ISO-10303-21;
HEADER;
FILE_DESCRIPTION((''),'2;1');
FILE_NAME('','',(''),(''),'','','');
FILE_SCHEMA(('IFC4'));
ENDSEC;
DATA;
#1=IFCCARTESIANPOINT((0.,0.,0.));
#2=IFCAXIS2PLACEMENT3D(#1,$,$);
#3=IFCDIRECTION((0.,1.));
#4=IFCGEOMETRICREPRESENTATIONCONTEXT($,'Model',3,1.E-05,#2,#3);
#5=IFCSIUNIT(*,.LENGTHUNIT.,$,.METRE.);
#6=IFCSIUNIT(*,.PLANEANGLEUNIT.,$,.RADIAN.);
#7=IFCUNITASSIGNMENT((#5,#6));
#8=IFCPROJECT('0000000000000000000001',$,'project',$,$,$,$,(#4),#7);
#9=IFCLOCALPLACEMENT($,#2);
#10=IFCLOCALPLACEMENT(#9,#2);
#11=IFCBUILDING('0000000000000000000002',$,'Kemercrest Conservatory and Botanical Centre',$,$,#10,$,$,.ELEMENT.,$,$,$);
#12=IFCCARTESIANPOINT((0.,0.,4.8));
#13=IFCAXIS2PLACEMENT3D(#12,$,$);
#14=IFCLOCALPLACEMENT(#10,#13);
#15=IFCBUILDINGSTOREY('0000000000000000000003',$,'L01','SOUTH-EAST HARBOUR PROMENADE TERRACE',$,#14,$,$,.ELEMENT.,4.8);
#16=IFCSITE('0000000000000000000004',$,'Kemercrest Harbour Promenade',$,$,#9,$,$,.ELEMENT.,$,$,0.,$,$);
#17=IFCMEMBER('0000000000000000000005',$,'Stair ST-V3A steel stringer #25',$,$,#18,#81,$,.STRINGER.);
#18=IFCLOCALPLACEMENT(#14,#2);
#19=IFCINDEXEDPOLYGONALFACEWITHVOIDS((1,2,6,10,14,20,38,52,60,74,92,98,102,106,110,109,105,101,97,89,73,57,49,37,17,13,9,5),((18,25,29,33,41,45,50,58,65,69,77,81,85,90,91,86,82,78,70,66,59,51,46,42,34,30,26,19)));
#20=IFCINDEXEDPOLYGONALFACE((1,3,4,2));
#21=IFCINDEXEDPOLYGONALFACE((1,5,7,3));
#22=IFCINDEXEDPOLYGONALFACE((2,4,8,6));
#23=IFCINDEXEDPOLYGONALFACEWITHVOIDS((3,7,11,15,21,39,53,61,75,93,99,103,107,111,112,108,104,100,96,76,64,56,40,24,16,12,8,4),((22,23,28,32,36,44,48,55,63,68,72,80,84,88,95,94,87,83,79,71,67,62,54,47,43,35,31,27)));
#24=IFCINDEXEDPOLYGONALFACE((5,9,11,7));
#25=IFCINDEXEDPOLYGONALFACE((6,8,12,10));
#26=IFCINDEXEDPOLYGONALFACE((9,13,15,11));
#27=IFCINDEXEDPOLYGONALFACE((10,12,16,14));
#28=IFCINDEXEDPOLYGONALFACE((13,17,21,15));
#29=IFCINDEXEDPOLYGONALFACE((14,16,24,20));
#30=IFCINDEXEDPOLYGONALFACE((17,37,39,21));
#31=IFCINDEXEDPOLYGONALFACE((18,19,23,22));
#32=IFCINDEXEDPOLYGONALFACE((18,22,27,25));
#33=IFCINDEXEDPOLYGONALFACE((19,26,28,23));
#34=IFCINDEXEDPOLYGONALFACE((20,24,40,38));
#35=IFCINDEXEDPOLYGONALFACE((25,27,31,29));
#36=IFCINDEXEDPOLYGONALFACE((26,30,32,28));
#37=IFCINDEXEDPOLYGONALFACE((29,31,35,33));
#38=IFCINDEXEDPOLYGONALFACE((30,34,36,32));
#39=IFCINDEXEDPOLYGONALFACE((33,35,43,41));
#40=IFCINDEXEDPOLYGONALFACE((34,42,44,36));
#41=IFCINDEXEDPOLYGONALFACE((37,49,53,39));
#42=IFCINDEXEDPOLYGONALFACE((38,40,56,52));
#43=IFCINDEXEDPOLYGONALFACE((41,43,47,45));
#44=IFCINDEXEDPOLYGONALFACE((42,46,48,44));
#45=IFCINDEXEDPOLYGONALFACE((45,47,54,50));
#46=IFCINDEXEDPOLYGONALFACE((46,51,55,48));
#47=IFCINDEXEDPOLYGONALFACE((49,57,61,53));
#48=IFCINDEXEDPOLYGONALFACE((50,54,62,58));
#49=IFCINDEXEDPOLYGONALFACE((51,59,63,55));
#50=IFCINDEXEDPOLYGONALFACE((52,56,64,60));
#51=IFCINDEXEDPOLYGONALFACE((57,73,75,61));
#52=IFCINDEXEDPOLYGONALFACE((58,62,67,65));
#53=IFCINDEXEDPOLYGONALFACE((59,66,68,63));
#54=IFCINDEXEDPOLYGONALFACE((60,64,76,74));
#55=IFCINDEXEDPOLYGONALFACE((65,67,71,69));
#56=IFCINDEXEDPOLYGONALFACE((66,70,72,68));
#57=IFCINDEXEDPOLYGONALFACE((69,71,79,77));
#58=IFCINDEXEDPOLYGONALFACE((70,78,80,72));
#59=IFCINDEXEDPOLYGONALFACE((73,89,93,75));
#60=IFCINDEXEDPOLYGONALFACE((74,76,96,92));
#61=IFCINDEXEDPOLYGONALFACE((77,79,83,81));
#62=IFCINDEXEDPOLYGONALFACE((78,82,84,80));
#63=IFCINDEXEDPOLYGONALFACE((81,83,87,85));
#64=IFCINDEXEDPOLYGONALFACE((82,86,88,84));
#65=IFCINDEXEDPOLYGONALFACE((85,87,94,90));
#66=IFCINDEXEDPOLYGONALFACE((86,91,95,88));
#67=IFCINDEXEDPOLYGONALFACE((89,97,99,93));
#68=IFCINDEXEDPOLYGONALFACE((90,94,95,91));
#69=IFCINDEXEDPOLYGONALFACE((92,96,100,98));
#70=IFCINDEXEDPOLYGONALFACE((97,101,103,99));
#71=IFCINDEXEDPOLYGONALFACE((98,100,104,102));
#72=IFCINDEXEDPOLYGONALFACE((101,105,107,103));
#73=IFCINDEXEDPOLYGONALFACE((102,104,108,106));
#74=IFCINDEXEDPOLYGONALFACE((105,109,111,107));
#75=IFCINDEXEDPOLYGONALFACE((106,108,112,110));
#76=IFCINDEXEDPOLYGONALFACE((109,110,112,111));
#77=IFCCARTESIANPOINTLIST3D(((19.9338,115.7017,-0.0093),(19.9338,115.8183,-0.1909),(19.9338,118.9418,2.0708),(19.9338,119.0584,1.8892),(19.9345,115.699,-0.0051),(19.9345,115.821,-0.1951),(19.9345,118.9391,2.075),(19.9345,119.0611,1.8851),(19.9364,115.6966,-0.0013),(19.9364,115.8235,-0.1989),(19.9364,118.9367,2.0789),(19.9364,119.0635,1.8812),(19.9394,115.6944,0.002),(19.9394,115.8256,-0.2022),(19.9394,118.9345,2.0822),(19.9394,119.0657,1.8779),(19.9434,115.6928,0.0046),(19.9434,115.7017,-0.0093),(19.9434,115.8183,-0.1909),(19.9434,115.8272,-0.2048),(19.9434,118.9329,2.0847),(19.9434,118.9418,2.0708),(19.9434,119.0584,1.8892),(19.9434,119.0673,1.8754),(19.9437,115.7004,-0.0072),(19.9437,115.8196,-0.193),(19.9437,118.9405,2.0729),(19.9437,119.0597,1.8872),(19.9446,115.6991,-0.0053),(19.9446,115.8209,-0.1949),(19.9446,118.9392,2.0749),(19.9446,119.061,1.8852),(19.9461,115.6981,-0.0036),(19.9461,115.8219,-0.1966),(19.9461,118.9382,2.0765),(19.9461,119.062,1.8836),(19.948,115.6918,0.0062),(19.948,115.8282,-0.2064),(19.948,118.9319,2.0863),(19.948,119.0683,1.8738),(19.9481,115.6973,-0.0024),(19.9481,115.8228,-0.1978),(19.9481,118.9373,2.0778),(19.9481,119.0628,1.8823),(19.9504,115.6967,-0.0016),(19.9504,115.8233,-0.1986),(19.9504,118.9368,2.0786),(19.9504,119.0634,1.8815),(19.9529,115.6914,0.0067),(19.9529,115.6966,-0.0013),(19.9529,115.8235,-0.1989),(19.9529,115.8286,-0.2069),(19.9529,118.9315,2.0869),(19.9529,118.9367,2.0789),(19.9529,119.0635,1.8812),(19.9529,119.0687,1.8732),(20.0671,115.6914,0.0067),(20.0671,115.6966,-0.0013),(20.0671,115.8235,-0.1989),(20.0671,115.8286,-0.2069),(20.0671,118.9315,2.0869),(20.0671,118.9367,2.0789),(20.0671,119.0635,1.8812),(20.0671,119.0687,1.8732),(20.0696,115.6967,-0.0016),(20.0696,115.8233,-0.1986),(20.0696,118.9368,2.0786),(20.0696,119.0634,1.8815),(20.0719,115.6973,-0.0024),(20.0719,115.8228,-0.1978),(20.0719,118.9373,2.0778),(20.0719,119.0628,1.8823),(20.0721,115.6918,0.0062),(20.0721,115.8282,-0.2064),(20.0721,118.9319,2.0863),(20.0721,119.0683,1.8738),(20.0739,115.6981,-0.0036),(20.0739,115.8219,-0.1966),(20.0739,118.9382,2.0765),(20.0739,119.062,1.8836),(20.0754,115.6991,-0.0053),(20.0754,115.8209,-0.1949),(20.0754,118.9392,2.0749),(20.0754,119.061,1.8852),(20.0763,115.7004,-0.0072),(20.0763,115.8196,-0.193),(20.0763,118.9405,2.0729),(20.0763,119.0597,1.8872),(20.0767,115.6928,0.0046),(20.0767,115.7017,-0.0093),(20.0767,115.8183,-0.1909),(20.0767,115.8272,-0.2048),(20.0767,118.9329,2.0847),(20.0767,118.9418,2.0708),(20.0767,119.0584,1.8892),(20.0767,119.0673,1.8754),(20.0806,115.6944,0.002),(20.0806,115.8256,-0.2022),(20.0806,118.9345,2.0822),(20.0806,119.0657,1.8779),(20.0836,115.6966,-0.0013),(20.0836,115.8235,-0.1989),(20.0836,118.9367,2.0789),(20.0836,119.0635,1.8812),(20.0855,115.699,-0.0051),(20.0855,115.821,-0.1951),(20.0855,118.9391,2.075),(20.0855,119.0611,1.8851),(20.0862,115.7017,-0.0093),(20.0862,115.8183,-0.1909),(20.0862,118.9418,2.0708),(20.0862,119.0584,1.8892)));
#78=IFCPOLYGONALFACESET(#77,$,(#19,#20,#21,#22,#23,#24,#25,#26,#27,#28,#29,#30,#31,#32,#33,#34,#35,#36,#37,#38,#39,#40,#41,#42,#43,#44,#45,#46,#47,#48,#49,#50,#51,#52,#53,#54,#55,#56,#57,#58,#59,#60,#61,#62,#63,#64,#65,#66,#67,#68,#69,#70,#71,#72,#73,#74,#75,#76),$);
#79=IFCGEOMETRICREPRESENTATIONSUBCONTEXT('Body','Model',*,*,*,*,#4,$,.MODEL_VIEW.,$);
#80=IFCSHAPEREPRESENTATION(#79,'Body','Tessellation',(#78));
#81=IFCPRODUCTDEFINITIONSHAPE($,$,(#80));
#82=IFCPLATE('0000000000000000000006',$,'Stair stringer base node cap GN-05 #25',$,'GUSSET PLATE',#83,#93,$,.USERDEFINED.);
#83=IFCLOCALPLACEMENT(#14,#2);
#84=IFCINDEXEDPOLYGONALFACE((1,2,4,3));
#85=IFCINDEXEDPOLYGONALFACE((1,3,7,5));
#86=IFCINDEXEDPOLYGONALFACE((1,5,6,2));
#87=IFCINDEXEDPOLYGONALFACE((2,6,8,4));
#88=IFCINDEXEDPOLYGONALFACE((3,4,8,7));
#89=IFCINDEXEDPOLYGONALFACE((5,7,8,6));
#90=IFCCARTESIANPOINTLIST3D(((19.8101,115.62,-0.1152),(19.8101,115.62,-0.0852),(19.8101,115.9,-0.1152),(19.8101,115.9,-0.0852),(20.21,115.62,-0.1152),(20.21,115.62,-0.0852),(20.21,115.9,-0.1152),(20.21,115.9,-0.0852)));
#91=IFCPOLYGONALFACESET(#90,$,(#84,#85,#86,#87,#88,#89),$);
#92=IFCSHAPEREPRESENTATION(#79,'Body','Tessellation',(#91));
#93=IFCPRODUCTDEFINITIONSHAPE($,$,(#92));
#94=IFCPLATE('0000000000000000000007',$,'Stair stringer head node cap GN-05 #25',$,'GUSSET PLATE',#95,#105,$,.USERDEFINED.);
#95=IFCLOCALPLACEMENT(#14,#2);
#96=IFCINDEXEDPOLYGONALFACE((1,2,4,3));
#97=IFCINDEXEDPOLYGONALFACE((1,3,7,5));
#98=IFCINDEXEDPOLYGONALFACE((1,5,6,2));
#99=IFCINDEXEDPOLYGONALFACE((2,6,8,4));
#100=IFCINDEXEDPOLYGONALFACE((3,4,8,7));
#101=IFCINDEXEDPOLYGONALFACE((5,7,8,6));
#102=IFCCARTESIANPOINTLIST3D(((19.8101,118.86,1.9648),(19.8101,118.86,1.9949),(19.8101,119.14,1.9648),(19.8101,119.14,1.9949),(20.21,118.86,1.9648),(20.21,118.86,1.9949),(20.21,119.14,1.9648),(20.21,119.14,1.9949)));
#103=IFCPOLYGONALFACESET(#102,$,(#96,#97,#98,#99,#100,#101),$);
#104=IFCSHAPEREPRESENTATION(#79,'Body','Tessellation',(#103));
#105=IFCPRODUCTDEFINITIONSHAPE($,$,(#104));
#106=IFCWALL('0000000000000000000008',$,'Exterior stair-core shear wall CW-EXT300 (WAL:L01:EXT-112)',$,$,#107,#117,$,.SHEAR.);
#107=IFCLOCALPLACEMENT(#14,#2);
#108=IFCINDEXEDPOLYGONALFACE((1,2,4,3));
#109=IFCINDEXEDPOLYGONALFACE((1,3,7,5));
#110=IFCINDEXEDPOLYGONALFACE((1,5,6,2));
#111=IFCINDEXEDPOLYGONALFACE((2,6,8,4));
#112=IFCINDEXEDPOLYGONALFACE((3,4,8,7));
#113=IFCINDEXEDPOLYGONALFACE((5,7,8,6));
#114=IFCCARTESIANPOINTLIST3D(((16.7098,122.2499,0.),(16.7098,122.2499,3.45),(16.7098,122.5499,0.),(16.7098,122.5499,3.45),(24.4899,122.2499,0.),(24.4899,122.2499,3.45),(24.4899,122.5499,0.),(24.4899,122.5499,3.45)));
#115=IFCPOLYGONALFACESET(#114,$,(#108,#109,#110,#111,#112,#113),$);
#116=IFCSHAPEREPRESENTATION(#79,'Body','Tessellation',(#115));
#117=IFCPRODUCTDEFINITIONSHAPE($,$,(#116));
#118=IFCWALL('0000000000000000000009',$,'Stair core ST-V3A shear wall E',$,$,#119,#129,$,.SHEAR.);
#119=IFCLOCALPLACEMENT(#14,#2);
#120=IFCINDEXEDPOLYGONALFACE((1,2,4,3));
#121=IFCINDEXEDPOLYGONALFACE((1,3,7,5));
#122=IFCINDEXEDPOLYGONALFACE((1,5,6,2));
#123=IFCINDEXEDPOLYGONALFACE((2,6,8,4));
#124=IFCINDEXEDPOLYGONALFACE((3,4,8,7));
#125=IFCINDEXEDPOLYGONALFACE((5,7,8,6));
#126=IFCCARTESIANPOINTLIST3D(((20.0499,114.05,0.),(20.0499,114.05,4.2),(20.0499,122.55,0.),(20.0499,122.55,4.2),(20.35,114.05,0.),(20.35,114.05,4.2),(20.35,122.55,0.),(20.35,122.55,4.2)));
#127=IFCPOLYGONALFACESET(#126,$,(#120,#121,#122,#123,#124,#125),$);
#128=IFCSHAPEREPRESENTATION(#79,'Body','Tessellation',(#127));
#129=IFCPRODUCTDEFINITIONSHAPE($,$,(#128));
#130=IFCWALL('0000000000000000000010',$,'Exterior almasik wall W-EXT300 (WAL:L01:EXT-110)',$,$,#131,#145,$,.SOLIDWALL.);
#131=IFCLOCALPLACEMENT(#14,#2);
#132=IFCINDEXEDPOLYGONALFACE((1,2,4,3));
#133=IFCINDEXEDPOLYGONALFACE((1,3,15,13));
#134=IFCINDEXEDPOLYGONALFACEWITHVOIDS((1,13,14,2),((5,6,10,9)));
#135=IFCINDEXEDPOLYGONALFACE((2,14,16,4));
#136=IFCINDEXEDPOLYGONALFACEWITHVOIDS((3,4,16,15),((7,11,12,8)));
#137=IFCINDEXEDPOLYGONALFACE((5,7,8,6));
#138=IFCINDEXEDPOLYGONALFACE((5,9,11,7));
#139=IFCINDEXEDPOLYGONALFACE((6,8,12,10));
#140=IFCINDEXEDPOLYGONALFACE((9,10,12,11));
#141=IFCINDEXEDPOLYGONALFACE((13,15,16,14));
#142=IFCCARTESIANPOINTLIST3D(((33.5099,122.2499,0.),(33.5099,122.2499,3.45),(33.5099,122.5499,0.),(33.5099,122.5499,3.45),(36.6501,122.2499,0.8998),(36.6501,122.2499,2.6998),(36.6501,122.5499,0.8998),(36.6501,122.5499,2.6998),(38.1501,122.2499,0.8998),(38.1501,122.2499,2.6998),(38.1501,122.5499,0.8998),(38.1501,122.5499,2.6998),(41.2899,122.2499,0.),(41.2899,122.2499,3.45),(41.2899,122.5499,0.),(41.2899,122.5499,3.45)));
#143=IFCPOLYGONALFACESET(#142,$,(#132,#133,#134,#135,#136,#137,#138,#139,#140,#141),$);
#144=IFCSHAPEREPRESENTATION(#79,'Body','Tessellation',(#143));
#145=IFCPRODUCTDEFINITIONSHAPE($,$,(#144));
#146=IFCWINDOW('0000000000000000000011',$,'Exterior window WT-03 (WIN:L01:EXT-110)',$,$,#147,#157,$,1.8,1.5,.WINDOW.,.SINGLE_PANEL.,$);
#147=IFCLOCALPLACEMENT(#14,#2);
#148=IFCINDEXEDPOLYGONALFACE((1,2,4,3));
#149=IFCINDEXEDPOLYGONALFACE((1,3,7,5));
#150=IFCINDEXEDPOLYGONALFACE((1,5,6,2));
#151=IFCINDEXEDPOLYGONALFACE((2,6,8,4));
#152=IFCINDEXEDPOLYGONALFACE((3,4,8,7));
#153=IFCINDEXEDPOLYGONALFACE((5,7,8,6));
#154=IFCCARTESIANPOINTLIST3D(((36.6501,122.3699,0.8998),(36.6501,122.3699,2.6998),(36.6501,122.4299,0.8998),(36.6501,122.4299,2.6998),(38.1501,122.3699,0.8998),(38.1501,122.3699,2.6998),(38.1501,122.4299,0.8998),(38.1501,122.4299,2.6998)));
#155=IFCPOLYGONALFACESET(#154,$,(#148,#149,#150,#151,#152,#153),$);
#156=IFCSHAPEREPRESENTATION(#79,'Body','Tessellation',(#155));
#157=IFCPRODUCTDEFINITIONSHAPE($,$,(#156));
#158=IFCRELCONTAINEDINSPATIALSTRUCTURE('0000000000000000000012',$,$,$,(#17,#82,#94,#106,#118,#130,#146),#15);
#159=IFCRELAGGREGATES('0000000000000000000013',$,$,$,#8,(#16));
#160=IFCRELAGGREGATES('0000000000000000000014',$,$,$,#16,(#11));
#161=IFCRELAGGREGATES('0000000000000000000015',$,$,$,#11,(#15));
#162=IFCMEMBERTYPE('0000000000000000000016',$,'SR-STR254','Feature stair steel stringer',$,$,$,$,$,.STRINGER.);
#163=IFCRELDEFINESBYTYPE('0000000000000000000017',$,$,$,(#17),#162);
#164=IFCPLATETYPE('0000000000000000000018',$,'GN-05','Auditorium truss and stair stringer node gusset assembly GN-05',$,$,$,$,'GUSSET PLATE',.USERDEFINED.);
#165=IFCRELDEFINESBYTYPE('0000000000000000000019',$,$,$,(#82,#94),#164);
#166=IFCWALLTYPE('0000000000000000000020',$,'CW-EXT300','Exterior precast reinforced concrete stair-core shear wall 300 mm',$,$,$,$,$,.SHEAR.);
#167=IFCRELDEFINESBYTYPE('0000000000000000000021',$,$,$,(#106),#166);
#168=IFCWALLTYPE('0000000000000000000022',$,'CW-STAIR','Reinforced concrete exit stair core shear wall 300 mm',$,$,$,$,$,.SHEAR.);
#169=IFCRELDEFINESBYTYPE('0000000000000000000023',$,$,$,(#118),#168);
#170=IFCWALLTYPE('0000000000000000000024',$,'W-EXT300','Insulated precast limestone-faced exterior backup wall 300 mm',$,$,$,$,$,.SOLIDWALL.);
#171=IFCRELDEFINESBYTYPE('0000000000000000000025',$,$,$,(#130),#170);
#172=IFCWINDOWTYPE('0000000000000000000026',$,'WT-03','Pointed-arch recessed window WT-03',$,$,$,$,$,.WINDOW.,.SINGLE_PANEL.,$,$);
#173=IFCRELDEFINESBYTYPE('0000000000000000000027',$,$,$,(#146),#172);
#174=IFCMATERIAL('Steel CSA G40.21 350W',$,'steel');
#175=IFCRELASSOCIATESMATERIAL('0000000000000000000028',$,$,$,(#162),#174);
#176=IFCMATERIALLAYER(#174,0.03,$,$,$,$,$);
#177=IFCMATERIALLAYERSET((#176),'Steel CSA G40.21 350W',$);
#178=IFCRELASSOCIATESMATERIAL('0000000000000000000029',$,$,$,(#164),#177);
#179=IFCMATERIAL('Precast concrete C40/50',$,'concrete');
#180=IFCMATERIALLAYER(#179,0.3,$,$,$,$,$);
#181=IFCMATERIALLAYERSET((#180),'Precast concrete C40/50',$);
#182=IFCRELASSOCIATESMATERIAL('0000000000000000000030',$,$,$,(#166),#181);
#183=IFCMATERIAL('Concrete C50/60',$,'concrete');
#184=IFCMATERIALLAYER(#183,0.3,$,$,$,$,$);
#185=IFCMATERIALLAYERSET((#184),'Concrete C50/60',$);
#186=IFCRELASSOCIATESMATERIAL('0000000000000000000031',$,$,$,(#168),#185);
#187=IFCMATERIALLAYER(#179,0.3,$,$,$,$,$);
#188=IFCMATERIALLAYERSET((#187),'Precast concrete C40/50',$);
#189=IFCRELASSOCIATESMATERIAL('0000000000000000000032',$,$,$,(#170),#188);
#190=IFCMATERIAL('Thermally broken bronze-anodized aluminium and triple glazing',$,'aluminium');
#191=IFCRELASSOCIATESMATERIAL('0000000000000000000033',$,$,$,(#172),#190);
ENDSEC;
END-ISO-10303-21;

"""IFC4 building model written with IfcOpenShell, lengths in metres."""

from ifc_helpers import new_model, si_unit, direction, frame, frame_2d, origin, origin_2d, place, context, subcontext, project, spatial, rectangle, hollow_rectangle, extrude, material, layer, layer_set, material_profile, profile_set, type_object, element, fill, save


model = new_model("IFC4")

# Units and contexts
model_context = context("Model", 3, precision=1e-05, world=origin(), true_north=direction((0.0, 1.0)))
body_context = subcontext(model_context, "Body", "Model", "MODEL_VIEW")
ifc_project = project(units=[si_unit("LENGTHUNIT", "METRE"), si_unit("PLANEANGLEUNIT", "RADIAN")], contexts=[model_context])

# Site, building, storey
site_placement = place(None, origin())
site = spatial("IfcSite", under=ifc_project, at=site_placement, Name="Kemercrest Harbour Promenade", CompositionType="ELEMENT", RefElevation=0.0)
building_placement = place(site_placement, origin())
building = spatial("IfcBuilding", under=site, at=building_placement, Name="Kemercrest Conservatory and Botanical Centre", CompositionType="ELEMENT")
storey_placement = place(building_placement, frame((0.0, 0.0, 4.8)))
storey = spatial("IfcBuildingStorey", under=building, at=storey_placement, Name="L01", Description="SOUTH-EAST HARBOUR PROMENADE TERRACE", CompositionType="ELEMENT", Elevation=4.8)

# Shared definitions
ifc_material_1 = material(Name="Precast concrete C40/50", Category="concrete")

# Member
ifc_material_2 = material(Name="Steel CSA G40.21 350W", Category="steel")
ifc_material_profile_1 = material_profile(ifc_material_2, hollow_rectangle(XDim=0.1523, YDim=0.2539, WallThickness=0.0095, InnerFilletRadius=0.0095, OuterFilletRadius=0.019, at=origin_2d()), Name="HSS 254x152x9.5")
ifc_profile_set_1 = profile_set([ifc_material_profile_1], Name="Steel CSA G40.21 350W")
member_type = type_object("IfcMemberType", Name="SR-STR254", Description="Feature stair steel stringer", PredefinedType="STRINGER", material=ifc_profile_set_1)
member_placement = place(storey_placement, frame((20.01, 115.76, -0.1001), z_axis=(0.0, 0.841506, 0.540248), x_axis=(-1.0, 0.0, 0.0)))
element("IfcMember", 1, at=member_placement, inside=storey, type_object=member_type, Name="Stair ST-V3A steel stringer #25", PredefinedType="STRINGER", context=body_context, shape_type="SweptSolid", body=[
    extrude(hollow_rectangle(XDim=0.1523, YDim=0.2539, WallThickness=0.0095, InnerFilletRadius=0.0095, OuterFilletRadius=0.019, at=origin_2d()), origin(), (0.0, 0.0, 1.0), 3.8503),
])

# Plates
ifc_layer_1 = layer(ifc_material_2, 0.03)
ifc_layer_set_1 = layer_set([ifc_layer_1], Name="Steel CSA G40.21 350W")
plate_type = type_object("IfcPlateType", Name="GN-05", Description="Auditorium truss and stair stringer node gusset assembly GN-05", ElementType="GUSSET PLATE", PredefinedType="USERDEFINED", material=ifc_layer_set_1)
for number, where, z_axis, x_axis, name in (
    (2, (20.01, 115.76, -0.1152), (0.0, 0.0, 1.0), (1.0, 0.0, 0.0), "Stair stringer base node cap GN-05 #25"),
    (3, (20.01, 119.0, 1.9648), (0.0, 0.0, 1.0), (1.0, 0.0, 0.0), "Stair stringer head node cap GN-05 #25"),
):
    element("IfcPlate", number, at=place(storey_placement, frame(where, z_axis=z_axis, x_axis=x_axis)), inside=storey, type_object=plate_type, Name=name, ObjectType="GUSSET PLATE", PredefinedType="USERDEFINED", context=body_context, shape_type="SweptSolid", body=[
        extrude(rectangle(XDim=0.3999, YDim=0.28, at=origin_2d()), origin(), (0.0, 0.0, 1.0), 0.03),
    ])

# Walls
ifc_layer_2 = layer(ifc_material_1, 0.3)
ifc_layer_set_2 = layer_set([ifc_layer_2], Name="Precast concrete C40/50")
wall_type_1 = type_object("IfcWallType", Name="CW-EXT300", Description="Exterior precast reinforced concrete stair-core shear wall 300 mm", PredefinedType="SHEAR", material=ifc_layer_set_2)
wall_1_placement = place(storey_placement, frame((24.49, 122.3999, 0.0), z_axis=(0.0, 0.0, 1.0), x_axis=(-1.0, 0.0, 0.0)))
element("IfcWall", 4, at=wall_1_placement, inside=storey, type_object=wall_type_1, Name="Exterior stair-core shear wall CW-EXT300 (WAL:L01:EXT-112)", PredefinedType="SHEAR", context=body_context, shape_type="SweptSolid", body=[
    extrude(rectangle(XDim=7.78, YDim=0.3, at=frame_2d((3.8901, 0.0))), origin(), (0.0, 0.0, 1.0), 3.45),
])
ifc_material_3 = material(Name="Concrete C50/60", Category="concrete")
ifc_layer_3 = layer(ifc_material_3, 0.3)
ifc_layer_set_3 = layer_set([ifc_layer_3], Name="Concrete C50/60")
wall_type_2 = type_object("IfcWallType", Name="CW-STAIR", Description="Reinforced concrete exit stair core shear wall 300 mm", PredefinedType="SHEAR", material=ifc_layer_set_3)
wall_2_placement = place(storey_placement, frame((20.2, 114.05, 0.0), z_axis=(0.0, 0.0, 1.0), x_axis=(0.0, 1.0, 0.0)))
element("IfcWall", 5, at=wall_2_placement, inside=storey, type_object=wall_type_2, Name="Stair core ST-V3A shear wall E", PredefinedType="SHEAR", context=body_context, shape_type="SweptSolid", body=[
    extrude(rectangle(XDim=8.5, YDim=0.3, at=frame_2d((4.25, 0.0))), origin(), (0.0, 0.0, 1.0), 4.2),
])

# Wall, opening, window
ifc_layer_4 = layer(ifc_material_1, 0.3)
ifc_layer_set_4 = layer_set([ifc_layer_4], Name="Precast concrete C40/50")
wall_type_3 = type_object("IfcWallType", Name="W-EXT300", Description="Insulated precast limestone-faced exterior backup wall 300 mm", PredefinedType="SOLIDWALL", material=ifc_layer_set_4)
wall_3_placement = place(storey_placement, frame((41.29, 122.3999, 0.0), z_axis=(0.0, 0.0, 1.0), x_axis=(-1.0, 0.0, 0.0)))
wall_3 = element("IfcWall", 6, at=wall_3_placement, inside=storey, type_object=wall_type_3, Name="Exterior almasik wall W-EXT300 (WAL:L01:EXT-110)", PredefinedType="SOLIDWALL", context=body_context, shape_type="SweptSolid", body=[
    extrude(rectangle(XDim=7.78, YDim=0.3, at=frame_2d((3.8901, 0.0))), origin(), (0.0, 0.0, 1.0), 3.45),
])
opening_1_placement = place(wall_3_placement, frame((3.1399, 0.0, 0.8999)))
opening_1 = element("IfcOpeningElement", 7, at=opening_1_placement, cuts=wall_3, PredefinedType="OPENING", context=body_context, shape_type="SweptSolid", body=[
    extrude(rectangle(XDim=1.5, YDim=1.8, at=frame_2d((0.75, 0.8999))), frame((0.0, 0.1602, 0.0), z_axis=(0.0, -1.0, 0.0), x_axis=(1.0, 0.0, 0.0)), (0.0, 0.0, 1.0), 0.3201),
])
ifc_material_4 = material(Name="Thermally broken bronze-anodized aluminium and triple glazing", Category="aluminium")
window_type_1 = type_object("IfcWindowType", Name="WT-03", Description="Pointed-arch recessed window WT-03", PartitioningType="SINGLE_PANEL", PredefinedType="WINDOW", material=ifc_material_4)
window_1_placement = place(opening_1_placement, origin())
window_1 = element("IfcWindow", 8, at=window_1_placement, inside=storey, type_object=window_type_1, Name="Exterior window WT-03 (WIN:L01:EXT-110)", OverallHeight=1.8, OverallWidth=1.5, PartitioningType="SINGLE_PANEL", PredefinedType="WINDOW", context=body_context, shape_type="SweptSolid", body=[
    extrude(rectangle(XDim=1.5, YDim=1.8, at=frame_2d((0.75, 0.8999))), frame((0.0, 0.03, 0.0), z_axis=(0.0, -1.0, 0.0), x_axis=(1.0, 0.0, 0.0)), (0.0, 0.0, 1.0), 0.0601),
])
fill(opening_1, window_1)

save(model, "model.ifc")
